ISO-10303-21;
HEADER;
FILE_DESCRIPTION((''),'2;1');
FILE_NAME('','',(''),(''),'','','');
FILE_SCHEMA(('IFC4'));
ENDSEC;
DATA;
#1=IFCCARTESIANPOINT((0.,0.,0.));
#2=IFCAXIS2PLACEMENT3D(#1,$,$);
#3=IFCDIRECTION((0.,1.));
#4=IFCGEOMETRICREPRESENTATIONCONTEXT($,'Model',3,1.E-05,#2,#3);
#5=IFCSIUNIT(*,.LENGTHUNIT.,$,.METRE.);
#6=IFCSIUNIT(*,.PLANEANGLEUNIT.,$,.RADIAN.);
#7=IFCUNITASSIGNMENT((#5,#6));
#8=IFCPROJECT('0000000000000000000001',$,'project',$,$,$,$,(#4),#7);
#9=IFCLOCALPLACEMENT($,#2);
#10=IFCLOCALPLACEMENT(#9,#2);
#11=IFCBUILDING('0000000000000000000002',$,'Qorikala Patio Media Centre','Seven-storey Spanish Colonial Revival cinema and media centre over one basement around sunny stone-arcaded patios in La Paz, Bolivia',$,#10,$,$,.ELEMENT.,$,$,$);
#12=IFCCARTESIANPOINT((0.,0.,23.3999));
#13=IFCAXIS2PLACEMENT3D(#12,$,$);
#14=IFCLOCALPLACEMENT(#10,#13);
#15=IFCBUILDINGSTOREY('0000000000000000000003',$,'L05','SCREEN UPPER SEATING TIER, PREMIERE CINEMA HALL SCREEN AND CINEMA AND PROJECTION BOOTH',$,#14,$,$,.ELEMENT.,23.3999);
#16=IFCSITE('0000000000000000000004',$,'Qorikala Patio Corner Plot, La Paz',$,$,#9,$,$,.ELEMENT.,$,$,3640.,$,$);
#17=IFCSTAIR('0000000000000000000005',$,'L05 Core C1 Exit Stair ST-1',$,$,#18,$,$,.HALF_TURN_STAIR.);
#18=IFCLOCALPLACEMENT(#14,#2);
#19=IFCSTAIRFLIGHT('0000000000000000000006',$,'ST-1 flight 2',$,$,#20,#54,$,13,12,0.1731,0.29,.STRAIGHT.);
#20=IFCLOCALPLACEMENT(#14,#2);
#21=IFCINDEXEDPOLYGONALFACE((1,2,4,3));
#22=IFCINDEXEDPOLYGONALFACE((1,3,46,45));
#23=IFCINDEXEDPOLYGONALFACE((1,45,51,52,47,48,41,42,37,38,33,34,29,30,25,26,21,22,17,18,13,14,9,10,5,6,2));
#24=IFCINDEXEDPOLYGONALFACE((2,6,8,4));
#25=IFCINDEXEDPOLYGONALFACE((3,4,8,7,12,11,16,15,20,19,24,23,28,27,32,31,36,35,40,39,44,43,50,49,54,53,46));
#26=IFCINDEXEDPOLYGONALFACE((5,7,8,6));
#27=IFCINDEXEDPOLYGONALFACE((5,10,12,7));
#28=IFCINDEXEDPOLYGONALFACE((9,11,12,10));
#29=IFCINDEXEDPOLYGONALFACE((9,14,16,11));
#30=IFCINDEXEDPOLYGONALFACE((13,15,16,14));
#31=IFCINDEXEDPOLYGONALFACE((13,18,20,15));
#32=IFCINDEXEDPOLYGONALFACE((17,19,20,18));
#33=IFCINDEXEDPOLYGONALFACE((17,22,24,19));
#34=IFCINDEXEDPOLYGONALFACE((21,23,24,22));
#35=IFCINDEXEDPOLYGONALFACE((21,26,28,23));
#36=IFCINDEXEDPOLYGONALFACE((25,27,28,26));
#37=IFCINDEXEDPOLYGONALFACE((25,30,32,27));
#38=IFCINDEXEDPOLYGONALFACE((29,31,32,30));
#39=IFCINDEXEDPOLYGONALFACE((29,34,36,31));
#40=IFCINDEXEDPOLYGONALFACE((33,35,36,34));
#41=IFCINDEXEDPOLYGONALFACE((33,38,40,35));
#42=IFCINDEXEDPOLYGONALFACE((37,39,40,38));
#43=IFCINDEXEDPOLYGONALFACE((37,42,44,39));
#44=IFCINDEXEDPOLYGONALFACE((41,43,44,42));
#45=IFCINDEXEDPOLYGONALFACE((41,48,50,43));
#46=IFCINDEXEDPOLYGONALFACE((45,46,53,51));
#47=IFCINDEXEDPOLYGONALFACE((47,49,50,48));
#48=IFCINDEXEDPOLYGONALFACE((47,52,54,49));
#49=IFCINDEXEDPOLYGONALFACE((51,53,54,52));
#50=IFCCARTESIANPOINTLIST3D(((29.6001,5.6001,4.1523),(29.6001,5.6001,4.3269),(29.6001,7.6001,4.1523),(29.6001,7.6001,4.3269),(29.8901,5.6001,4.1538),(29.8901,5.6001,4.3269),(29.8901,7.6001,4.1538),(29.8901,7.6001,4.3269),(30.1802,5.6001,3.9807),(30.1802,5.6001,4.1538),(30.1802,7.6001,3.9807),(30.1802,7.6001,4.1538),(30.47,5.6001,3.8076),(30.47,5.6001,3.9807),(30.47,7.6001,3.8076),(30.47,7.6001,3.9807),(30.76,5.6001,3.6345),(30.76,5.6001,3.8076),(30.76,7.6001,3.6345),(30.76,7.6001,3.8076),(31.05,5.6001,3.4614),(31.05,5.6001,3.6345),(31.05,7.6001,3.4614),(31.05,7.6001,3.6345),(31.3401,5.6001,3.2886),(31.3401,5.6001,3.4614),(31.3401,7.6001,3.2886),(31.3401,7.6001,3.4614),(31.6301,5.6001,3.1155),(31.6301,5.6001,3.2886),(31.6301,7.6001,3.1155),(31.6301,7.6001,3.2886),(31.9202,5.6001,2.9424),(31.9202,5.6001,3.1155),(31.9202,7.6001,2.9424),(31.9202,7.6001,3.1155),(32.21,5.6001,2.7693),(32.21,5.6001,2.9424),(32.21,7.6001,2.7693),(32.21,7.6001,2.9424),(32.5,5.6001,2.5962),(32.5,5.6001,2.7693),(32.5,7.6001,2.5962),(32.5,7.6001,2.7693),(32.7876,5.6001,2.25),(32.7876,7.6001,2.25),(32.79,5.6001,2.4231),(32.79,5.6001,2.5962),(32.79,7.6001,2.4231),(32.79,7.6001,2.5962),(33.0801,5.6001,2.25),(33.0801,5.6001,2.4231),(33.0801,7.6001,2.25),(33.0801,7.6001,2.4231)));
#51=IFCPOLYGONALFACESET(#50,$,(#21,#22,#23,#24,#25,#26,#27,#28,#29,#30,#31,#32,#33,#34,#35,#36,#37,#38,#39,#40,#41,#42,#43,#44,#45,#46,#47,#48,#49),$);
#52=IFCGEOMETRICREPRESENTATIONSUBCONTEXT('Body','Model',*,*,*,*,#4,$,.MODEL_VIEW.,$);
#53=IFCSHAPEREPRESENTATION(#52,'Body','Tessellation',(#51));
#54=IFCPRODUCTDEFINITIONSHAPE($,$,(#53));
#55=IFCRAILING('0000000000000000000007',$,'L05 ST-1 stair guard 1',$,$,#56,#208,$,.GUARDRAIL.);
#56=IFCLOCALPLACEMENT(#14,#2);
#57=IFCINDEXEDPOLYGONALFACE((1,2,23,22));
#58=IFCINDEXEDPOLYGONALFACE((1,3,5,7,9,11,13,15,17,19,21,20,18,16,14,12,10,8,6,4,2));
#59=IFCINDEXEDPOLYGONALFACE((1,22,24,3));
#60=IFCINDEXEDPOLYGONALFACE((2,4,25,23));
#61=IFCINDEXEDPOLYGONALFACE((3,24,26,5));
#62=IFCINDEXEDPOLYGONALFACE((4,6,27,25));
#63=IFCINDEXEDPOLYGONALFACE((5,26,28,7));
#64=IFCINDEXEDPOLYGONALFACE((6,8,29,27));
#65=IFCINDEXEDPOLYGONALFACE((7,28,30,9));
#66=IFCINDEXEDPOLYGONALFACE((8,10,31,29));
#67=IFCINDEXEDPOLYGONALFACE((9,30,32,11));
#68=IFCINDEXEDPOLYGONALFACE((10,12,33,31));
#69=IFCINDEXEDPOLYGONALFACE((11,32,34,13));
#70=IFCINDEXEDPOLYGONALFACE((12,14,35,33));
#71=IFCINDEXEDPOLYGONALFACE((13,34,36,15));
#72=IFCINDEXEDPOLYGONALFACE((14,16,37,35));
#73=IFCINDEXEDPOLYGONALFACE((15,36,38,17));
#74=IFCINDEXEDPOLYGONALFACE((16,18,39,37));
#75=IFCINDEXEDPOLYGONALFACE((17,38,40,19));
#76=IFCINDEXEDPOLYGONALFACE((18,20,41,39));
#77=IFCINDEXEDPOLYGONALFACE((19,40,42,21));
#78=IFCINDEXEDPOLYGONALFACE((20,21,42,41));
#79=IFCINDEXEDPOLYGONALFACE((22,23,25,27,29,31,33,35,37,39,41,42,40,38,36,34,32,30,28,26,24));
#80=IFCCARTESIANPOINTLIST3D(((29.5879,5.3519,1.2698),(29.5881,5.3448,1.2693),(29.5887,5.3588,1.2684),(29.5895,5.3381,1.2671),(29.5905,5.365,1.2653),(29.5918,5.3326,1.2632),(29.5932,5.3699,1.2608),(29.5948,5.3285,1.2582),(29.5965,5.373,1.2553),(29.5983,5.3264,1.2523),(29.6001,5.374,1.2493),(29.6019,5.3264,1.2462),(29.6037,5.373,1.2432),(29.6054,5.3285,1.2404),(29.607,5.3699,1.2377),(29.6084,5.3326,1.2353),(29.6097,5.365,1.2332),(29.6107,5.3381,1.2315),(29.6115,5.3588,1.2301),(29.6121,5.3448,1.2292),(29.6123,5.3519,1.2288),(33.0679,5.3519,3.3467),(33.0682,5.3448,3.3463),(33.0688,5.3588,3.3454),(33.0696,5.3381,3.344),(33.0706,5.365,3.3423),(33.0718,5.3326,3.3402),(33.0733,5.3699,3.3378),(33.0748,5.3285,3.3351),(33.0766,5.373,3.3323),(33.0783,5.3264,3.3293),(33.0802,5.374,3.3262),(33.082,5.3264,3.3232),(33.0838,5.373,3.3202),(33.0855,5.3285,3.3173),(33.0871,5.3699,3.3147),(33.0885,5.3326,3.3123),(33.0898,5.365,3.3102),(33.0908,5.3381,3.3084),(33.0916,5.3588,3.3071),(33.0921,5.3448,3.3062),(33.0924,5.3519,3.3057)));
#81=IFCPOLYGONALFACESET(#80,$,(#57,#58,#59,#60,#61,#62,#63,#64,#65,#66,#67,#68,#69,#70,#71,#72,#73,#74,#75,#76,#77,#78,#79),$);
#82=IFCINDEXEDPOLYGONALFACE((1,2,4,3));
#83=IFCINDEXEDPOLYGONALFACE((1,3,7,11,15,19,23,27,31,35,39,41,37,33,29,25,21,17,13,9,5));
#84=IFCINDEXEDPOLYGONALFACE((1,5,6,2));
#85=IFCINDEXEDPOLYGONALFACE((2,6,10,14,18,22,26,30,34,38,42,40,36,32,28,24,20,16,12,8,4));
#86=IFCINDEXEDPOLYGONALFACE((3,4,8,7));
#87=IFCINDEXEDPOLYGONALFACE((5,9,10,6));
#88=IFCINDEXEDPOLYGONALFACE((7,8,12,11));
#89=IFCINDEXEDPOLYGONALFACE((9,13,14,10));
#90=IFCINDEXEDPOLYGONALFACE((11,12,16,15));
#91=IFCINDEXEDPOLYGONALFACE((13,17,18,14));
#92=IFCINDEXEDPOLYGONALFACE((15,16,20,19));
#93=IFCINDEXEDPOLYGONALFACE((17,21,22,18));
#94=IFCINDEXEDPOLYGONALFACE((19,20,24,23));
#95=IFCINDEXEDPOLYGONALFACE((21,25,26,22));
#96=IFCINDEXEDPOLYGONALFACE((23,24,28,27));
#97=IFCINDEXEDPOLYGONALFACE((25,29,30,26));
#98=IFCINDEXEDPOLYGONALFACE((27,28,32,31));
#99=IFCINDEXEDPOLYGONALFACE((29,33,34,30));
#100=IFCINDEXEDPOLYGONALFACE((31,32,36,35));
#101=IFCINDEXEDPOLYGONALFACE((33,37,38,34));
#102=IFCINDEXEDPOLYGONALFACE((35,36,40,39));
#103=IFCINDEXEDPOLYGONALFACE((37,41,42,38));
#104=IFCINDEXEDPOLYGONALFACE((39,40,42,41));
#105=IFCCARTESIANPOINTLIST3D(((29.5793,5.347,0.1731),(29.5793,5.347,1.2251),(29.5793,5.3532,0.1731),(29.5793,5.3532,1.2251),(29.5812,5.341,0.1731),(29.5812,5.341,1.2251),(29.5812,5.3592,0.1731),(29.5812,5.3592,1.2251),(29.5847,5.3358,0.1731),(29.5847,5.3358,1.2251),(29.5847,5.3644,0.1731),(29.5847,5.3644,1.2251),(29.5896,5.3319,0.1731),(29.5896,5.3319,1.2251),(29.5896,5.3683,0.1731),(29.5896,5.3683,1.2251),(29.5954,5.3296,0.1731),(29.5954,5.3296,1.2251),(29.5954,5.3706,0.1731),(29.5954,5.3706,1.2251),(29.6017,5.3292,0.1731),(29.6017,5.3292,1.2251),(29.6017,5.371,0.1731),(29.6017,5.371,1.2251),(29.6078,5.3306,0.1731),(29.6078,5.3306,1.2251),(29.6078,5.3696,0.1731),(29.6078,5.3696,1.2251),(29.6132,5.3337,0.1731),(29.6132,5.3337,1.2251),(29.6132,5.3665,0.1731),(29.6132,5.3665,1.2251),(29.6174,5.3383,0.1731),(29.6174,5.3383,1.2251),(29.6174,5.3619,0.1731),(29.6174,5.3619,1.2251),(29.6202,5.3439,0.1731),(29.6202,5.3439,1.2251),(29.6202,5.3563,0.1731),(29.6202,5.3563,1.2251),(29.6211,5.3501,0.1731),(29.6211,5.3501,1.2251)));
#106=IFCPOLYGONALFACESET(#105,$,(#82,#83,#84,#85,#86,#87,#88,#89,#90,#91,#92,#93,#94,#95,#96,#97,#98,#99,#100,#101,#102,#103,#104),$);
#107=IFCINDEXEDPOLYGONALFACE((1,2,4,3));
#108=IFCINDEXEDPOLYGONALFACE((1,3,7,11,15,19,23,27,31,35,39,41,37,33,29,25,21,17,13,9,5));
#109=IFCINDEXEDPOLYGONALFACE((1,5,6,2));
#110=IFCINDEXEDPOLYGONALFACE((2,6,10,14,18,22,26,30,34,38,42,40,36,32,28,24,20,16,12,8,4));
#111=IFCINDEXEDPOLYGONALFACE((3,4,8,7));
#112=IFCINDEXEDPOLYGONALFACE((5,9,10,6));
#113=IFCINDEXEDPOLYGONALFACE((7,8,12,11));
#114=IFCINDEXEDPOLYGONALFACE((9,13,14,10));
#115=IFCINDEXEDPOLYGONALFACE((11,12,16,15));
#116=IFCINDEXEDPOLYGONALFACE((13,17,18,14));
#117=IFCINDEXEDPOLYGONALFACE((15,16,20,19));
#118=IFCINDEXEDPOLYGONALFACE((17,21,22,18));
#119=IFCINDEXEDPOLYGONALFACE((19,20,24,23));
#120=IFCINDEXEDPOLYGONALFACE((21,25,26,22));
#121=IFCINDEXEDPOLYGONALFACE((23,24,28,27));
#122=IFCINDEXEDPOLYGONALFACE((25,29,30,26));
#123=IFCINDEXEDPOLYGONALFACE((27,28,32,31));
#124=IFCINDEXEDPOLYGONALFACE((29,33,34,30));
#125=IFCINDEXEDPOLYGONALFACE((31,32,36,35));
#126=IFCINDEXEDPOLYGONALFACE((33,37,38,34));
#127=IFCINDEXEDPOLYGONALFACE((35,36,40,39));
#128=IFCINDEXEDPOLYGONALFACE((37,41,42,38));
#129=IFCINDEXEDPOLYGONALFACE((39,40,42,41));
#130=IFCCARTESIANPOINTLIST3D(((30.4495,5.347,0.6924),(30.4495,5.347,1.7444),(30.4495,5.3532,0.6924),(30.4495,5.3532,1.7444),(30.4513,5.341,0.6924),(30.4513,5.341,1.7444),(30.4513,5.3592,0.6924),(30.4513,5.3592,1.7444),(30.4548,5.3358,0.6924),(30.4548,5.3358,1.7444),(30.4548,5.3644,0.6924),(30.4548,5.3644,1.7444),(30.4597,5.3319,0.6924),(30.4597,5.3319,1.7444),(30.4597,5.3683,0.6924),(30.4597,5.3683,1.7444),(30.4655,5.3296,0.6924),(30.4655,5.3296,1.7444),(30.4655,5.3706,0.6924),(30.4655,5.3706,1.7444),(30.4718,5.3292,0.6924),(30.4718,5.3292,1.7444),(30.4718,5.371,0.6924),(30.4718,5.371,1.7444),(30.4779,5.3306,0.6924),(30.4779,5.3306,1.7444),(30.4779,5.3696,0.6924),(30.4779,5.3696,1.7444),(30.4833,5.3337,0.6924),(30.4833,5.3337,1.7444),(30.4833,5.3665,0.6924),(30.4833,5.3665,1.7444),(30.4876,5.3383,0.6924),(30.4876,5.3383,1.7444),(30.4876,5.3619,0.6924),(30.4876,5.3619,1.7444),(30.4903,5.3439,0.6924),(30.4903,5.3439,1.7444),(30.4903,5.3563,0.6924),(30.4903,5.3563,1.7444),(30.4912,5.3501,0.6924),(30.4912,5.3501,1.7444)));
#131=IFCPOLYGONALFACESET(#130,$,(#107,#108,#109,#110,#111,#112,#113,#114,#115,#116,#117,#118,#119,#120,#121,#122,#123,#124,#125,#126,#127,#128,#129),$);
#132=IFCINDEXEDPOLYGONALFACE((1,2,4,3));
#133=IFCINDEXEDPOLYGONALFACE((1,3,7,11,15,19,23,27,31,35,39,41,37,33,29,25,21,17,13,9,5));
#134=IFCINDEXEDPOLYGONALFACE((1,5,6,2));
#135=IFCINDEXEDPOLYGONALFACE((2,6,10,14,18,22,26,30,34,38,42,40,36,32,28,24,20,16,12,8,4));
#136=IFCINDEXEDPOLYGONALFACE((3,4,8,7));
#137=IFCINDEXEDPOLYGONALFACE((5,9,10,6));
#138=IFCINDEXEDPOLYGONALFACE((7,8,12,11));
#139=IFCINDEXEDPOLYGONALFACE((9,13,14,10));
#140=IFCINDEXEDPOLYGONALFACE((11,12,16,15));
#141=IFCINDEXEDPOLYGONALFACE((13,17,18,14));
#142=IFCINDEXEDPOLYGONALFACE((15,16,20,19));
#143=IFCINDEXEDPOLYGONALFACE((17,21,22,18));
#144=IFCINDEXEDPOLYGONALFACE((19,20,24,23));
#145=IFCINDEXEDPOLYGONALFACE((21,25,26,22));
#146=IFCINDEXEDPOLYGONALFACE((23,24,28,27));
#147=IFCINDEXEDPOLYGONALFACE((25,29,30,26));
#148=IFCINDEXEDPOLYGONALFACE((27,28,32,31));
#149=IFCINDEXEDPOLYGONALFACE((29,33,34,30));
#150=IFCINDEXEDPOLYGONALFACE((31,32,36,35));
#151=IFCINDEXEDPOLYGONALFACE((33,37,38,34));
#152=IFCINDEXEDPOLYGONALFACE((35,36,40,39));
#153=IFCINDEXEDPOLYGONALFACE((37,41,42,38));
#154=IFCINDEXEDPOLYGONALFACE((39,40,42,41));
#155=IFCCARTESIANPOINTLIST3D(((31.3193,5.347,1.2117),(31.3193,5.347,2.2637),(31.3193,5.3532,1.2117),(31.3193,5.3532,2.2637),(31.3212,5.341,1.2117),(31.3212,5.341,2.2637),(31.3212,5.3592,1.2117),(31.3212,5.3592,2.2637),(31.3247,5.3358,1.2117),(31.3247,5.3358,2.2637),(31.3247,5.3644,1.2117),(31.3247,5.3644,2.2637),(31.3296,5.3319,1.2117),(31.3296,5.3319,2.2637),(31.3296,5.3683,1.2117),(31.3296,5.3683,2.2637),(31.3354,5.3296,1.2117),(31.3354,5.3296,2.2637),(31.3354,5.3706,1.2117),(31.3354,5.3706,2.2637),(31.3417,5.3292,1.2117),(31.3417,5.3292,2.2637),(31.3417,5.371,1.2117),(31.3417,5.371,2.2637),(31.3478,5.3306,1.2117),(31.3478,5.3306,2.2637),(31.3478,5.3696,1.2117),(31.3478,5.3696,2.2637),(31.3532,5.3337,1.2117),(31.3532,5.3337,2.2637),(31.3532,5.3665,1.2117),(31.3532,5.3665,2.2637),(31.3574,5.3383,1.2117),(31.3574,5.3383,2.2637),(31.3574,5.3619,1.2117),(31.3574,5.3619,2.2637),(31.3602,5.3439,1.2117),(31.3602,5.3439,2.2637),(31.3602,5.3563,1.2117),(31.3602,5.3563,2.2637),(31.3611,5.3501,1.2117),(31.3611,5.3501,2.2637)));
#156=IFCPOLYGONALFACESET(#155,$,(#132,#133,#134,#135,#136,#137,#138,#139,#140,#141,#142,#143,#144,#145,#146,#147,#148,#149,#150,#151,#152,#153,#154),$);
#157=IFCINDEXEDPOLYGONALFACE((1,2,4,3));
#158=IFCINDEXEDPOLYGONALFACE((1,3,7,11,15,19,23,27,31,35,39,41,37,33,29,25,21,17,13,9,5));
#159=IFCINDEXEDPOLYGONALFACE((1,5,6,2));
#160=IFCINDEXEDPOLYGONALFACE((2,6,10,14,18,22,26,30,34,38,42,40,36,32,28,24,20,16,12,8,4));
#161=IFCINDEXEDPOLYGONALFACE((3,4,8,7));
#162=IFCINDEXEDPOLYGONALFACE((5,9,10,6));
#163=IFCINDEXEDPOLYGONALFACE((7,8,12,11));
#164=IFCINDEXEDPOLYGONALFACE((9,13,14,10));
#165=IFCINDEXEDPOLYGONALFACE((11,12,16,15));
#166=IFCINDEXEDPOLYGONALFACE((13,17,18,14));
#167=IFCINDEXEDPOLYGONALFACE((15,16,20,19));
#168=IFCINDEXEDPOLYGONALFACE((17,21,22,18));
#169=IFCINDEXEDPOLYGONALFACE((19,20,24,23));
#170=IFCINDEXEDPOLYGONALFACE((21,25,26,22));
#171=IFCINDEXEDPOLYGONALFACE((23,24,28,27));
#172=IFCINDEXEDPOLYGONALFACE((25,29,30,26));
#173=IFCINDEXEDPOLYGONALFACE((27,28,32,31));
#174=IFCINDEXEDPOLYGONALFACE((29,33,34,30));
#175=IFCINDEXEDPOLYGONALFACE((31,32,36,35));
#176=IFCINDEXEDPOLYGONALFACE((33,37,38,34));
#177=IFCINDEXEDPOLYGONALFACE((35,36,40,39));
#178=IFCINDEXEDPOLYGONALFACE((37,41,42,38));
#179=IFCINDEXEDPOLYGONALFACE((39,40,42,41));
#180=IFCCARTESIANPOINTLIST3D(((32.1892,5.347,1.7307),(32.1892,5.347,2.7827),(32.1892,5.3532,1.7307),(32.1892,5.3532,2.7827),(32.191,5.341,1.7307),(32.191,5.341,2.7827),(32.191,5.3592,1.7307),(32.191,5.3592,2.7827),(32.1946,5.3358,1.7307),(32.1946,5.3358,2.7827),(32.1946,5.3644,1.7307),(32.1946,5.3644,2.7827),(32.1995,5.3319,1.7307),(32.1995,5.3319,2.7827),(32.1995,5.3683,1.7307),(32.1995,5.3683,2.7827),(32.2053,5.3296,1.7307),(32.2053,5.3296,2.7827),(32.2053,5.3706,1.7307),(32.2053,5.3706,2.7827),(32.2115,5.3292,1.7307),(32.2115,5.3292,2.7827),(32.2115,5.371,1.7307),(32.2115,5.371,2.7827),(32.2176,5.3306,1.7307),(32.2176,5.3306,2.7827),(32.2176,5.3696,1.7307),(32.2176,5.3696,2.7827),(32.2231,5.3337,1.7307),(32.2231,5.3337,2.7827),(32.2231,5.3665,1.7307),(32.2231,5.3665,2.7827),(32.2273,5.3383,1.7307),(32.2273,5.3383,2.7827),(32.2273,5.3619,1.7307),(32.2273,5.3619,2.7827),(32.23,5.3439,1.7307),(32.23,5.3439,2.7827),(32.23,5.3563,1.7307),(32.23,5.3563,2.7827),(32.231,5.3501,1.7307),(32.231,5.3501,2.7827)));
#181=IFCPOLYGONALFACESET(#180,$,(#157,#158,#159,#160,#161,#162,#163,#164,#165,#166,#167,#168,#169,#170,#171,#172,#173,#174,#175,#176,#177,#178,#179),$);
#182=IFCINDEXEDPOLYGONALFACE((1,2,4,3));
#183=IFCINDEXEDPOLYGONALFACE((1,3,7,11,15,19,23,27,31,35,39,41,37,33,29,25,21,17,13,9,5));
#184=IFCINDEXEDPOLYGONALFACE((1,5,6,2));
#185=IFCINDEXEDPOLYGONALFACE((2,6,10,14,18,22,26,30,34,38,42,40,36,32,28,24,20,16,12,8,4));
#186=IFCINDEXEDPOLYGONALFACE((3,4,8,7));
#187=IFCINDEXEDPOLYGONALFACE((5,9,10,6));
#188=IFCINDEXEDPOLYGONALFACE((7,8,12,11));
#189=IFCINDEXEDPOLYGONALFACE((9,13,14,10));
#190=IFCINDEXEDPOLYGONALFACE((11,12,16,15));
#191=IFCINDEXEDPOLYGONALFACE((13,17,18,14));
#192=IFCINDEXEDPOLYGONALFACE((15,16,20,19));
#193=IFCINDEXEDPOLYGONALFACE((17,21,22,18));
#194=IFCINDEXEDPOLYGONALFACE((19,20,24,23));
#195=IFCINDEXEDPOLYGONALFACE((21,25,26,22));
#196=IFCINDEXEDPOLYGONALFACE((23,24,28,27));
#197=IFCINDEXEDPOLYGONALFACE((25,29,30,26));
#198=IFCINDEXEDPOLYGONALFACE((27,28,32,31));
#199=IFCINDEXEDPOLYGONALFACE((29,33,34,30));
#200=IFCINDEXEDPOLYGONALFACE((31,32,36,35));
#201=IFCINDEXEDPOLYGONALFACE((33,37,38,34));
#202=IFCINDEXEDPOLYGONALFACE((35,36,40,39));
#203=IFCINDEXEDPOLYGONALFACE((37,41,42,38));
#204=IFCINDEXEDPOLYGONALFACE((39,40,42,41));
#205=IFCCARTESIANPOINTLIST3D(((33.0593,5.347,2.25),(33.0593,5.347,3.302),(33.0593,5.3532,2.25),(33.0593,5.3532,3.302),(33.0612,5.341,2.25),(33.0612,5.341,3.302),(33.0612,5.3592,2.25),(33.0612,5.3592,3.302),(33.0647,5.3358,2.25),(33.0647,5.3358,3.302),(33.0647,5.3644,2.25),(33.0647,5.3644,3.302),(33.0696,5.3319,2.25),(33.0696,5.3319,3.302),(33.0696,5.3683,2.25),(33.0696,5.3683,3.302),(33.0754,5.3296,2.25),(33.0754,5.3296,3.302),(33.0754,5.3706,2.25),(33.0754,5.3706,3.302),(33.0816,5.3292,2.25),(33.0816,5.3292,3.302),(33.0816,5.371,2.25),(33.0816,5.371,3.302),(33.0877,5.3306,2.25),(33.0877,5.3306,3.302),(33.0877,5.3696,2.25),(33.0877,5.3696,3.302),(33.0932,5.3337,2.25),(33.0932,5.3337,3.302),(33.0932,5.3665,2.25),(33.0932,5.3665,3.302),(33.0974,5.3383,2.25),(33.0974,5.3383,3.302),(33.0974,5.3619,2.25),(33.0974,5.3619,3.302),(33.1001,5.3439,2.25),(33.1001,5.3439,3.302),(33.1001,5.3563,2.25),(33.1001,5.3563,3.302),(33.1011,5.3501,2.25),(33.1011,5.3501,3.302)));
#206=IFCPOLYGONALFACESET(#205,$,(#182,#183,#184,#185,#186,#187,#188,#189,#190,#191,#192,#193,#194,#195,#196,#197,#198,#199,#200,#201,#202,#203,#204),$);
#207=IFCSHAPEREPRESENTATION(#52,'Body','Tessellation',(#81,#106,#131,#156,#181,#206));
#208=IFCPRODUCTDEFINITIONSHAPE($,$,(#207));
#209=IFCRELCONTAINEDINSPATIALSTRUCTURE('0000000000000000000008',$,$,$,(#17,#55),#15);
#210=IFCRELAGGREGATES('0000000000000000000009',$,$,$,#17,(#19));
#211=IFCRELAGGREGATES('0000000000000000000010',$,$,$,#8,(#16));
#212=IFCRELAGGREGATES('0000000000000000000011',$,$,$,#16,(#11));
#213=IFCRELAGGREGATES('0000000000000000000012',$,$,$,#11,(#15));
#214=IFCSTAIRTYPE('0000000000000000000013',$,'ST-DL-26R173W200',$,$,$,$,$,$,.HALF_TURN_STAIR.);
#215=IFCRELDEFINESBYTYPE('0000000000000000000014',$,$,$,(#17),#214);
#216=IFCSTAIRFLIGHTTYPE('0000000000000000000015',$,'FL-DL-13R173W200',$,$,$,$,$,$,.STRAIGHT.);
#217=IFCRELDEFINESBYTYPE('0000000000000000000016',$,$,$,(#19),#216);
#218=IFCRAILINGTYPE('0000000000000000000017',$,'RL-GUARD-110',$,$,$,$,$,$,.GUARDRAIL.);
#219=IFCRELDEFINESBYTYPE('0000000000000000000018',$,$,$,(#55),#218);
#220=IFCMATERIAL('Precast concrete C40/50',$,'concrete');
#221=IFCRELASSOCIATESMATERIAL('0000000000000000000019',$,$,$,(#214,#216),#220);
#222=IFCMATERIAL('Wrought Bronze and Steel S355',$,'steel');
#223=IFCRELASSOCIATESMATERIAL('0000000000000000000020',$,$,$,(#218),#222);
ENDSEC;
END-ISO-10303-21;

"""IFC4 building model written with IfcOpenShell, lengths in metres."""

from ifc_helpers import new_model, si_unit, direction, frame, origin, origin_2d, place, context, subcontext, project, spatial, polyline, circle, outline, extrude, material, type_object, element, aggregate, save


model = new_model("IFC4")

# Units and contexts
model_context = context("Model", 3, precision=1e-05, world=origin(), true_north=direction((0.0, 1.0)))
body_context = subcontext(model_context, "Body", "Model", "MODEL_VIEW")
ifc_project = project(units=[si_unit("LENGTHUNIT", "METRE"), si_unit("PLANEANGLEUNIT", "RADIAN")], contexts=[model_context])

# Site, building, storey
site_placement = place(None, origin())
site = spatial("IfcSite", under=ifc_project, at=site_placement, Name="Qorikala Patio Corner Plot, La Paz", CompositionType="ELEMENT", RefElevation=3640.0)
building_placement = place(site_placement, origin())
building = spatial("IfcBuilding", under=site, at=building_placement, Name="Qorikala Patio Media Centre", Description="Seven-storey Spanish Colonial Revival cinema and media centre over one basement around sunny stone-arcaded patios in La Paz, Bolivia", CompositionType="ELEMENT")
storey_placement = place(building_placement, frame((0.0, 0.0, 23.3999)))
storey = spatial("IfcBuildingStorey", under=building, at=storey_placement, Name="L05", Description="SCREEN UPPER SEATING TIER, PREMIERE CINEMA HALL SCREEN AND CINEMA AND PROJECTION BOOTH", CompositionType="ELEMENT", Elevation=23.3999)

# Stair, stair flight
ifc_material_1 = material(Name="Precast concrete C40/50", Category="concrete")
stair_type = type_object("IfcStairType", Name="ST-DL-26R173W200", PredefinedType="HALF_TURN_STAIR", material=ifc_material_1)
stair_placement = place(storey_placement, origin())
stair = element("IfcStair", 1, at=stair_placement, inside=storey, type_object=stair_type, Name="L05 Core C1 Exit Stair ST-1", PredefinedType="HALF_TURN_STAIR")
stair_flight_type = type_object("IfcStairFlightType", Name="FL-DL-13R173W200", PredefinedType="STRAIGHT", material=ifc_material_1)
stair_flight_1_placement = place(storey_placement, frame((33.0801, 6.6001, 2.25), z_axis=(0.0, 0.0, 1.0), x_axis=(-1.0, 0.0, 0.0)))
stair_flight_1 = element("IfcStairFlight", 2, at=stair_flight_1_placement, type_object=stair_flight_type, Name="ST-1 flight 2", NumberOfRisers=13, NumberOfTreads=12, PredefinedType="STRAIGHT", RiserHeight=0.1731, TreadLength=0.29, context=body_context, shape_type="SweptSolid", body=[
    extrude(outline(polyline([(0.0, 0.0), (0.0, 0.1731), (0.29, 0.1731), (0.29, 0.3462), (0.5801, 0.3462), (0.5801, 0.5193), (0.8701, 0.5193), (0.8701, 0.6924), (1.1599, 0.6924), (1.1599, 0.8655), (1.45, 0.8655), (1.45, 1.0386), (1.74, 1.0386), (1.74, 1.2114), (2.03, 1.2114), (2.03, 1.3845), (2.3201, 1.3845), (2.3201, 1.5576), (2.6101, 1.5576), (2.6101, 1.7307), (2.8999, 1.7307), (2.8999, 1.9038), (3.1899, 1.9038), (3.1899, 2.0769), (3.48, 2.0769), (3.48, 2.25), (3.48, 1.9023), (0.2925, 0.0), (0.0, 0.0)])), frame((0.0, 1.0, 0.0), z_axis=(0.0, -1.0, 0.0), x_axis=(1.0, 0.0, 0.0)), (0.0, 0.0, 1.0), 2.0),
])
aggregate(stair, [stair_flight_1])

# Railing
ifc_material_2 = material(Name="Wrought Bronze and Steel S355", Category="steel")
railing_type_1 = type_object("IfcRailingType", Name="RL-GUARD-110", PredefinedType="GUARDRAIL", material=ifc_material_2)
railing_1_placement = place(storey_placement, frame((29.6001, 5.3501, 0.1731)))
element("IfcRailing", 3, at=railing_1_placement, inside=storey, type_object=railing_type_1, Name="L05 ST-1 stair guard 1", PredefinedType="GUARDRAIL", context=body_context, shape_type="SweptSolid", body=[
    extrude(circle(Radius=0.0239, at=origin_2d()), frame((0.0, 0.0, 1.0762), z_axis=(0.858697, 0.0, 0.512483), x_axis=(0.0, 1.0, 0.0)), (0.0, 0.0, 1.0), 4.0527),
    extrude(circle(Radius=0.021, at=origin_2d()), origin(), (0.0, 0.0, 1.0), 1.052),
    extrude(circle(Radius=0.021, at=origin_2d()), frame((0.8701, 0.0, 0.5193)), (0.0, 0.0, 1.0), 1.052),
    extrude(circle(Radius=0.021, at=origin_2d()), frame((1.74, 0.0, 1.0386)), (0.0, 0.0, 1.0), 1.052),
    extrude(circle(Radius=0.021, at=origin_2d()), frame((2.6099, 0.0, 1.5576)), (0.0, 0.0, 1.0), 1.052),
    extrude(circle(Radius=0.021, at=origin_2d()), frame((3.48, 0.0, 2.0769)), (0.0, 0.0, 1.0), 1.052),
])

save(model, "model.ifc")
